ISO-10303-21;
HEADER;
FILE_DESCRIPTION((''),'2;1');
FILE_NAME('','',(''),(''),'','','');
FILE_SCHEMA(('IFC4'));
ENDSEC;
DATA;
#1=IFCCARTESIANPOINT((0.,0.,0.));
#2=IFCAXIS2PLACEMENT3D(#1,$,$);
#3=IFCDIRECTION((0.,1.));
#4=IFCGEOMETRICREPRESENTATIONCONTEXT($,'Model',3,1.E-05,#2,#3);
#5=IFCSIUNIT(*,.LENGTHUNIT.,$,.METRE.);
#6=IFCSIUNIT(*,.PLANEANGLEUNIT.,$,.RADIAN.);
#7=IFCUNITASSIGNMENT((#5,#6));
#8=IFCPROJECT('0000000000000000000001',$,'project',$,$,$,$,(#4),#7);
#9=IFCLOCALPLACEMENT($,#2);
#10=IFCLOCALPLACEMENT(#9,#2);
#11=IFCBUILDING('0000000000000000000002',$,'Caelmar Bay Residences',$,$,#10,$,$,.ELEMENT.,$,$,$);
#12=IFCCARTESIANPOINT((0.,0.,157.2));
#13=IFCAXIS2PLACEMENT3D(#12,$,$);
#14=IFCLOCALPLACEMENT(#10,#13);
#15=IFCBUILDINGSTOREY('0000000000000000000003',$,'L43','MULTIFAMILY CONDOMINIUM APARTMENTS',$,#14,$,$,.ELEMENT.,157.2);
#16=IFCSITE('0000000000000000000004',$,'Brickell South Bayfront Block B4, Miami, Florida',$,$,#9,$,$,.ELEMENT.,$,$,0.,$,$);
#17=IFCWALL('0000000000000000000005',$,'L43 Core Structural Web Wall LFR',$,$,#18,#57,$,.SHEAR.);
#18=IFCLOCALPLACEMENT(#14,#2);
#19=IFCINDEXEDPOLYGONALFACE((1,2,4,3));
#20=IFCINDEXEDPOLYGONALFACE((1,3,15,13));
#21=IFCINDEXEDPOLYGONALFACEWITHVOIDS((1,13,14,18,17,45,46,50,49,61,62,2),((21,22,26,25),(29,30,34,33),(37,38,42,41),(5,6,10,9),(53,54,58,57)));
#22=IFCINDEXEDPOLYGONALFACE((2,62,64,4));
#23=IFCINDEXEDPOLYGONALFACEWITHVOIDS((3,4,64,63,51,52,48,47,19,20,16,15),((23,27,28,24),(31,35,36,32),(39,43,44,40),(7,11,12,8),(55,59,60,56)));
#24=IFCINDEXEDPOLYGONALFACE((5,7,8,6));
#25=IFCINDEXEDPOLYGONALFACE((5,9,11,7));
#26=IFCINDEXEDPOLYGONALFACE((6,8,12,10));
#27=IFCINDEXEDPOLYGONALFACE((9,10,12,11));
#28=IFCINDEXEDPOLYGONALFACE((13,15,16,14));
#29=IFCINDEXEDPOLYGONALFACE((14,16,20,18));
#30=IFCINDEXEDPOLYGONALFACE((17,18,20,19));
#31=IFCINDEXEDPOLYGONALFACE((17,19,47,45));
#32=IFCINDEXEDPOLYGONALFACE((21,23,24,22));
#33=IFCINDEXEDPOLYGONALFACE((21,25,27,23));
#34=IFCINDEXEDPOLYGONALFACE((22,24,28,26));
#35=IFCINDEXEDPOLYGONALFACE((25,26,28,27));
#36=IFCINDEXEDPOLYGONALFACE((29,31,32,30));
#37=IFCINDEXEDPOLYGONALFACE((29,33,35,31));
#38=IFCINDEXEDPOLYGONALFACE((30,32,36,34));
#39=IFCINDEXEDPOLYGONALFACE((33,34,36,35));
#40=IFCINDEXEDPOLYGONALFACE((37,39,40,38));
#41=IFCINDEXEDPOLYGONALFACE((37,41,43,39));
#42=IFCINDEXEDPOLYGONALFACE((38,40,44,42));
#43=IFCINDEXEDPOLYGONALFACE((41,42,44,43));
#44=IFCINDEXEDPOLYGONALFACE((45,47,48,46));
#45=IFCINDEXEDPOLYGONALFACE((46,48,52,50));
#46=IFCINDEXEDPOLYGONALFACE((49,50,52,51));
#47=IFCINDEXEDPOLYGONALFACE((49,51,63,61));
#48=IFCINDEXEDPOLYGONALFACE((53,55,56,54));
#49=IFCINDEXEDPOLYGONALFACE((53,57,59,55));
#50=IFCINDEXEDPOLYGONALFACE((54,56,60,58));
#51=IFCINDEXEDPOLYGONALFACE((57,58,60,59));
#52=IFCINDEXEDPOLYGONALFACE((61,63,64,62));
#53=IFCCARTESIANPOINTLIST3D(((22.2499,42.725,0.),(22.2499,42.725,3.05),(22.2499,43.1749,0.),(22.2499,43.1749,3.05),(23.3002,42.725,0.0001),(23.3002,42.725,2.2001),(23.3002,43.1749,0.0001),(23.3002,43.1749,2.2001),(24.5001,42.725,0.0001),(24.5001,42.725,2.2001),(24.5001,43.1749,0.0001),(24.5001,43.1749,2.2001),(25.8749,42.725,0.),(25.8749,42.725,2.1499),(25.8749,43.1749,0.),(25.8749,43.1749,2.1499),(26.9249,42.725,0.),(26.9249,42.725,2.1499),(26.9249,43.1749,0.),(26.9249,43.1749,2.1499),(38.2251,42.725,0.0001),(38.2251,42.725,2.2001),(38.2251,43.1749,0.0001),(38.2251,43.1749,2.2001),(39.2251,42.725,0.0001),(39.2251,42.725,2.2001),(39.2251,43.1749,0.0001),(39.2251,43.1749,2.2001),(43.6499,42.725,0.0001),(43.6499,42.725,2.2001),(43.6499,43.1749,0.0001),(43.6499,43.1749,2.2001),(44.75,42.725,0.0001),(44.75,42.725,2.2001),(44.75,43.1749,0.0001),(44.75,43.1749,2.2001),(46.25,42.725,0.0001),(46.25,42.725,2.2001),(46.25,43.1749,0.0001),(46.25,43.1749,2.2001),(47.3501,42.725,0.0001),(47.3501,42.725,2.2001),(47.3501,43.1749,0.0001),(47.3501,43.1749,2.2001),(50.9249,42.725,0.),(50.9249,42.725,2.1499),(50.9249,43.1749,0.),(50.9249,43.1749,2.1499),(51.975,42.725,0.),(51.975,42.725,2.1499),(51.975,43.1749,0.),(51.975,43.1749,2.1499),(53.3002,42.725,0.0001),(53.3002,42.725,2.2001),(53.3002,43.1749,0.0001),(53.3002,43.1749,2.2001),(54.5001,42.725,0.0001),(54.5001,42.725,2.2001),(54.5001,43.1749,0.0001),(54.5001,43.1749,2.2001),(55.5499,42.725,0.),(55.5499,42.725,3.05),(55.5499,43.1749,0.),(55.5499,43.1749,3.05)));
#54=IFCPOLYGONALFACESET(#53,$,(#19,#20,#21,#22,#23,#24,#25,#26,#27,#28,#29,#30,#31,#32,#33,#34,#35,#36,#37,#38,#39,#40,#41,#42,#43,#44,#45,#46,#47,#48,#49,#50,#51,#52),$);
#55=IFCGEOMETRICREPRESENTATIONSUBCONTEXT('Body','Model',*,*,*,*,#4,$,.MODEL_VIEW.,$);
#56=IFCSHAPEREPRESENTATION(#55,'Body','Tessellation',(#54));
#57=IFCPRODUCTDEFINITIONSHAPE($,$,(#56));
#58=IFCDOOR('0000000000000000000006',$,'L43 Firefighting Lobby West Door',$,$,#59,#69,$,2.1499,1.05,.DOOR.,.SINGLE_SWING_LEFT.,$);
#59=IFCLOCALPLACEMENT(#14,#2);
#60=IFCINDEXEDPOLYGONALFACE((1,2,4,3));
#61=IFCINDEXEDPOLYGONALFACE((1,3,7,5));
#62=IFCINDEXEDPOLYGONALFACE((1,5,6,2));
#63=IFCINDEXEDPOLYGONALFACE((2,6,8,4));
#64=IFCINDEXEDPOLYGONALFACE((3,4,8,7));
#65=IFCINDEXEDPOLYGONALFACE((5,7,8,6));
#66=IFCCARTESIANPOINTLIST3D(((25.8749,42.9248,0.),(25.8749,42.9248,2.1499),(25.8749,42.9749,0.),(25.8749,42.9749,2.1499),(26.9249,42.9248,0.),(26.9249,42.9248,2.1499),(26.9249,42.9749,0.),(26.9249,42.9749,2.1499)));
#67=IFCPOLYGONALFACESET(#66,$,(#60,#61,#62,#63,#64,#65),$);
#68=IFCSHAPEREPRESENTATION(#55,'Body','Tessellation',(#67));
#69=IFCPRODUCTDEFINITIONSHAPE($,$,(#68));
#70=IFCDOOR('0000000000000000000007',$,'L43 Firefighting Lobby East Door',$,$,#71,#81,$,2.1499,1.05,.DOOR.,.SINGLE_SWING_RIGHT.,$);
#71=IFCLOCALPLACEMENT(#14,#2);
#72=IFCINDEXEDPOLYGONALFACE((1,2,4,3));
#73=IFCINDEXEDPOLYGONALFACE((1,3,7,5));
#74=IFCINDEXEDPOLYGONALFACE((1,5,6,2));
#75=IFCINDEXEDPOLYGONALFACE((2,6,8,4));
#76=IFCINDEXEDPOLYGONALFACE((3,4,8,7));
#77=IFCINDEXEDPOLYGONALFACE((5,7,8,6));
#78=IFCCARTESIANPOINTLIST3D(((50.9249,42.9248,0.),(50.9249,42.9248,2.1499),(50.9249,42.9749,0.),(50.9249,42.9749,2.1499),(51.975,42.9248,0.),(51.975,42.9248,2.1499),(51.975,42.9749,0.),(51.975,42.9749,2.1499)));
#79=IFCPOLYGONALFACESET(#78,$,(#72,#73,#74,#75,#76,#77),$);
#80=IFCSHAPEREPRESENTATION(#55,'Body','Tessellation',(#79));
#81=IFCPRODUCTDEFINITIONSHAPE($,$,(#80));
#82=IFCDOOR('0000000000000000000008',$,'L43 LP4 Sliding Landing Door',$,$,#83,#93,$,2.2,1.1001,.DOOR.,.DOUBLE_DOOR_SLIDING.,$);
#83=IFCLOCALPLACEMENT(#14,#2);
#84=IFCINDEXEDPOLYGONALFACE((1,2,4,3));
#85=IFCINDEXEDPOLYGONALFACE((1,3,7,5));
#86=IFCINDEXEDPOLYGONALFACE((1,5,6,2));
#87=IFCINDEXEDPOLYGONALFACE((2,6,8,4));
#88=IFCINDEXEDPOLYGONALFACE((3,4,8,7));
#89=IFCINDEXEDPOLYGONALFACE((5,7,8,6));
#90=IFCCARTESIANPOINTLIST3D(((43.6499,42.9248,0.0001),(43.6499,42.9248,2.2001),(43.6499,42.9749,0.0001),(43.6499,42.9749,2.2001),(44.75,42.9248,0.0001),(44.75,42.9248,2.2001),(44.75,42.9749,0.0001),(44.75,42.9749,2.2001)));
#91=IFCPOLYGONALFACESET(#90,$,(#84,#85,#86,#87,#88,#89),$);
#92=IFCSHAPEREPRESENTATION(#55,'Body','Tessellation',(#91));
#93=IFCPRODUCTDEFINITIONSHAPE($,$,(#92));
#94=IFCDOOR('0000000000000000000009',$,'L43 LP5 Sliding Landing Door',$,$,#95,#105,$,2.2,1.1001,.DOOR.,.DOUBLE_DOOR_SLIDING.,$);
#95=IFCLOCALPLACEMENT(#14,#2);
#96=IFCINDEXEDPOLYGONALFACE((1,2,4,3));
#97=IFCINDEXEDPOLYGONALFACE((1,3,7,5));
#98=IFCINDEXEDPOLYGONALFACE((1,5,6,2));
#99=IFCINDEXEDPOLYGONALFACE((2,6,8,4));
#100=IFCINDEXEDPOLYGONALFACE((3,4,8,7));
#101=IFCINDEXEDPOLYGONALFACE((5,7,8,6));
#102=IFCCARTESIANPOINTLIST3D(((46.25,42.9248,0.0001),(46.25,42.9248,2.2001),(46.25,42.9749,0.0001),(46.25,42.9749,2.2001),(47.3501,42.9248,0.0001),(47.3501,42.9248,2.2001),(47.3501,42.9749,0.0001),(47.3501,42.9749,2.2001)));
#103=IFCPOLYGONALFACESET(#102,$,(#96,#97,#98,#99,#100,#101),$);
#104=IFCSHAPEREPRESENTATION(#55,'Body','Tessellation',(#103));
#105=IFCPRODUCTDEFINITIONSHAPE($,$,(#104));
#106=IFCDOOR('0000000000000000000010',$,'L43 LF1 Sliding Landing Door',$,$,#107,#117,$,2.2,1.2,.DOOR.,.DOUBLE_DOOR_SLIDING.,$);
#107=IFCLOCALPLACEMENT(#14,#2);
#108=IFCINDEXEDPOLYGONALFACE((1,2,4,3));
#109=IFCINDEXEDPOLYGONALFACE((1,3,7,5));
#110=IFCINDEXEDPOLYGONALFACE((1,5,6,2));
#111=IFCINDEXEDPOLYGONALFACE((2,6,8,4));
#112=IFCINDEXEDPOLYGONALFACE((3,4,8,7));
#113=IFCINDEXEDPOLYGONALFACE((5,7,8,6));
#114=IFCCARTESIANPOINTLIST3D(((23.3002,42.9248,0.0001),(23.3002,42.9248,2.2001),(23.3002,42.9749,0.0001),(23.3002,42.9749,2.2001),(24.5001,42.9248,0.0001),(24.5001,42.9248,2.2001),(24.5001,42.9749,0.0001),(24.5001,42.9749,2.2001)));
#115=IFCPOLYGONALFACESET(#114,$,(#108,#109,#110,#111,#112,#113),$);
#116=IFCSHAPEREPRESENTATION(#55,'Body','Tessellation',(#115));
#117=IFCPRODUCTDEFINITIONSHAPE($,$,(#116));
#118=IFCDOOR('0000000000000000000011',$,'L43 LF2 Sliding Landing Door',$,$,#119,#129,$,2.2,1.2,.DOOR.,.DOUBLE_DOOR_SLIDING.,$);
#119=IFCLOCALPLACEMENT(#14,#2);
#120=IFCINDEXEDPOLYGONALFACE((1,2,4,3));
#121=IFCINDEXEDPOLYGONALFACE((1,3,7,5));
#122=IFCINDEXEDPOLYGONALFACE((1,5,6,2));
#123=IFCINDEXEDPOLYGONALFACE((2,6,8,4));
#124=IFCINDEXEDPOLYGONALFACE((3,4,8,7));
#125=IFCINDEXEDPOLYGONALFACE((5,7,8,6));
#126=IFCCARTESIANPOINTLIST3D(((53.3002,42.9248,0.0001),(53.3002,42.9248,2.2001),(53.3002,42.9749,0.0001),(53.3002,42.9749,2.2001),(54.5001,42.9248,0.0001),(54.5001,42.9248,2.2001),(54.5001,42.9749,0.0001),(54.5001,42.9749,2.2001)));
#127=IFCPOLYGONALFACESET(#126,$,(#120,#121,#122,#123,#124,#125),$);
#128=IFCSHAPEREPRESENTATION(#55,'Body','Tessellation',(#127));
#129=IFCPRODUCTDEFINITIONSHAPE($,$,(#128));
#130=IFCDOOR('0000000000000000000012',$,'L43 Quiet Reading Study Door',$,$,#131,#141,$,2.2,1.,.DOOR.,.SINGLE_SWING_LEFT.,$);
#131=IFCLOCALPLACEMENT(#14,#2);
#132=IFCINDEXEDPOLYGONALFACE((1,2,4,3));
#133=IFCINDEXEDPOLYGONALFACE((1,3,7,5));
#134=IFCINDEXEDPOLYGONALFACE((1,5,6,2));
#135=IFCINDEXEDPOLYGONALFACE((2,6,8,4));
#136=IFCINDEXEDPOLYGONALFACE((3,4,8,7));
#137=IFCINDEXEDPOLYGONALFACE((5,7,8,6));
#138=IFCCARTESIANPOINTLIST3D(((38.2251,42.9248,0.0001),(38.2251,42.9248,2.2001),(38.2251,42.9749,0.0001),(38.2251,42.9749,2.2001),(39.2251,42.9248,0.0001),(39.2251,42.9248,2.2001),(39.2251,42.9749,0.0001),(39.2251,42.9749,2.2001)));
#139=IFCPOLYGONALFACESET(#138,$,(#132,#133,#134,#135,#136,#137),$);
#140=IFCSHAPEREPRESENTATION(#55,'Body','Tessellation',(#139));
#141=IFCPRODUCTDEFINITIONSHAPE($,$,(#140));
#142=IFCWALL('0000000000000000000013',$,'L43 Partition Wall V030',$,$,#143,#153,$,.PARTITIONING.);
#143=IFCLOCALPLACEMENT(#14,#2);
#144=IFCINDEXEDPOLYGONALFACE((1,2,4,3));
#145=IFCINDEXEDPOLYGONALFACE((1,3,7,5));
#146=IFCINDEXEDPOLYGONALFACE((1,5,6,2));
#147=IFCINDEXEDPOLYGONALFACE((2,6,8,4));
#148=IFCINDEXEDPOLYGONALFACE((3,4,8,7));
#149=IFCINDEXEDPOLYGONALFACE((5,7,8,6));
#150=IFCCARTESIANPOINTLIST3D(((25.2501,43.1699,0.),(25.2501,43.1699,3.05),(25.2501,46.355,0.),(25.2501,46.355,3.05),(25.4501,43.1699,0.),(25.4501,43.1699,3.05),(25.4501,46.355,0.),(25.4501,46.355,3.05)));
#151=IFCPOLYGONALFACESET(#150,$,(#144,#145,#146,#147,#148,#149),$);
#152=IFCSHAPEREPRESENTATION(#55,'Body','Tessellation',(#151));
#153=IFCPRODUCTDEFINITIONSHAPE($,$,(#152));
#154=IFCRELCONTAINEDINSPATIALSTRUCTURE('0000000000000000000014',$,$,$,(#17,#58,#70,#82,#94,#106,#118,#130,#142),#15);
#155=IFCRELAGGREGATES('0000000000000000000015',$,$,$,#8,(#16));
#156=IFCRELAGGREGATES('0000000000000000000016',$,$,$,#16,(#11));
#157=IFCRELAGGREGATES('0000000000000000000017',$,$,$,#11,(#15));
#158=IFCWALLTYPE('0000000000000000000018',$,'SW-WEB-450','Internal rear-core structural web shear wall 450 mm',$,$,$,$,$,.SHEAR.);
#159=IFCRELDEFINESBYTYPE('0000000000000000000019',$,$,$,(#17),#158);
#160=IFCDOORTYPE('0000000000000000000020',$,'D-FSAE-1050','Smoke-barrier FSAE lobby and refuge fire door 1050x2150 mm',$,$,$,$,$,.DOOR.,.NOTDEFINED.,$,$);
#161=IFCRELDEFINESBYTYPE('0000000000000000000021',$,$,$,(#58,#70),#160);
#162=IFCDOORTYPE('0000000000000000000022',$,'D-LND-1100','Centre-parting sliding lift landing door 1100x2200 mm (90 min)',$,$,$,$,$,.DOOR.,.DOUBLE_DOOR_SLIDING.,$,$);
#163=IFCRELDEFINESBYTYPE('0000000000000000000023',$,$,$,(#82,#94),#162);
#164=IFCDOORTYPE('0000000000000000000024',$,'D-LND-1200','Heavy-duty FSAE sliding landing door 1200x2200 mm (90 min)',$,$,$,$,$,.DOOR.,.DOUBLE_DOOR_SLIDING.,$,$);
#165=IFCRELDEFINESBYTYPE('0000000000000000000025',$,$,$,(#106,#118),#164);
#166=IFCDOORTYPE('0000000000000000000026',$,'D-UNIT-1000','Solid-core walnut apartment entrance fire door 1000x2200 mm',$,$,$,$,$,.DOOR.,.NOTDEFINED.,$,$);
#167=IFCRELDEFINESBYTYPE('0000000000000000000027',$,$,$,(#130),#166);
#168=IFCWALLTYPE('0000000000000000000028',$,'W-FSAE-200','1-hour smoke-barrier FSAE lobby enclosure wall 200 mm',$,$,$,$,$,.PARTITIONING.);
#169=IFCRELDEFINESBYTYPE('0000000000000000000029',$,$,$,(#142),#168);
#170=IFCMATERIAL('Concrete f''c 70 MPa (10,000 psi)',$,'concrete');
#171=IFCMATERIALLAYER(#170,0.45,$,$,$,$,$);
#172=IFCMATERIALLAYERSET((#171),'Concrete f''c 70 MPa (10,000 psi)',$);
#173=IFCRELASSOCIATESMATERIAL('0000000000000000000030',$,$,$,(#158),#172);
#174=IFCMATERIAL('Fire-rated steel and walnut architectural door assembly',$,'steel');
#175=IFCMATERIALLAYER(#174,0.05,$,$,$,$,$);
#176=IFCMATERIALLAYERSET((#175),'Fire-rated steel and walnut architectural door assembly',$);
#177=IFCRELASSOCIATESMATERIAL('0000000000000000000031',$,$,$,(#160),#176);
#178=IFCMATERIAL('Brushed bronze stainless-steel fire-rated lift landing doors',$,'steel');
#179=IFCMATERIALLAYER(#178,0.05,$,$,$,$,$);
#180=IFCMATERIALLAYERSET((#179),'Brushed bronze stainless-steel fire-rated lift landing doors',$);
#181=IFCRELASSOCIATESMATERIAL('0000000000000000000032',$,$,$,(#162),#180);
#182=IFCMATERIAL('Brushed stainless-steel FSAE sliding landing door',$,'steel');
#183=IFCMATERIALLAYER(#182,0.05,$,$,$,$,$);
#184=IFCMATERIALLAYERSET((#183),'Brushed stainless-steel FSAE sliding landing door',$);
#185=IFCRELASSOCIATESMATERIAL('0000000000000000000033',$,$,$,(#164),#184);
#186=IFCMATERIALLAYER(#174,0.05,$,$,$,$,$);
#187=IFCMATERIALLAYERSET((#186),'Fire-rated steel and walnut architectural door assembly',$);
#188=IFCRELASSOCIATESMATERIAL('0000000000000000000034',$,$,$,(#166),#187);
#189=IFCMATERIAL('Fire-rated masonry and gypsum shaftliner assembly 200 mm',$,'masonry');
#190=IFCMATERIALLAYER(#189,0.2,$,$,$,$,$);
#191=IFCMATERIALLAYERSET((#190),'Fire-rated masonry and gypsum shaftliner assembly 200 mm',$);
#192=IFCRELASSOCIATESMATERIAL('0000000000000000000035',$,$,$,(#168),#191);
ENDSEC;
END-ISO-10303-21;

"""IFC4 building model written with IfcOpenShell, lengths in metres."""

from ifc_helpers import new_model, si_unit, direction, frame, frame_2d, origin, place, context, subcontext, project, spatial, rectangle, extrude, material, layer, layer_set, type_object, element, fill, save


model = new_model("IFC4")

# Units and contexts
model_context = context("Model", 3, precision=1e-05, world=origin(), true_north=direction((0.0, 1.0)))
body_context = subcontext(model_context, "Body", "Model", "MODEL_VIEW")
ifc_project = project(units=[si_unit("LENGTHUNIT", "METRE"), si_unit("PLANEANGLEUNIT", "RADIAN")], contexts=[model_context])

# Site, building, storey
site_placement = place(None, origin())
site = spatial("IfcSite", under=ifc_project, at=site_placement, Name="Brickell South Bayfront Block B4, Miami, Florida", CompositionType="ELEMENT", RefElevation=0.0)
building_placement = place(site_placement, origin())
building = spatial("IfcBuilding", under=site, at=building_placement, Name="Caelmar Bay Residences", CompositionType="ELEMENT")
storey_placement = place(building_placement, frame((0.0, 0.0, 157.2)))
storey = spatial("IfcBuildingStorey", under=building, at=storey_placement, Name="L43", Description="MULTIFAMILY CONDOMINIUM APARTMENTS", CompositionType="ELEMENT", Elevation=157.2)

# Shared definitions
ifc_material_1 = material(Name="Concrete f'c 70 MPa (10,000 psi)", Category="concrete")
ifc_layer_1 = layer(ifc_material_1, 0.45)
ifc_layer_set_1 = layer_set([ifc_layer_1], Name="Concrete f'c 70 MPa (10,000 psi)")
wall_type_1 = type_object("IfcWallType", Name="SW-WEB-450", Description="Internal rear-core structural web shear wall 450 mm", PredefinedType="SHEAR", material=ifc_layer_set_1)

# Wall, openings, doors
wall_1_placement = place(storey_placement, frame((22.25, 42.95, 0.0), z_axis=(0.0, 0.0, 1.0), x_axis=(1.0, 0.0, 0.0)))
wall_1 = element("IfcWall", 1, at=wall_1_placement, inside=storey, type_object=wall_type_1, Name="L43 Core Structural Web Wall LFR", PredefinedType="SHEAR", context=body_context, shape_type="SweptSolid", body=[
    extrude(rectangle(XDim=33.3, YDim=0.45, at=frame_2d((16.6499, 0.0))), origin(), (0.0, 0.0, 1.0), 3.05),
])
opening_1_placement = place(wall_1_placement, frame((1.05, 0.0, 0.0)))
opening_1 = element("IfcOpeningElement", 2, at=opening_1_placement, cuts=wall_1, PredefinedType="OPENING", context=body_context, shape_type="SweptSolid", body=[
    extrude(rectangle(XDim=1.2, YDim=2.2, at=frame_2d((0.6001, 1.1001))), frame((0.0, 0.2349, 0.0), z_axis=(0.0, -1.0, 0.0), x_axis=(1.0, 0.0, 0.0)), (0.0, 0.0, 1.0), 0.47),
])
opening_2_placement = place(wall_1_placement, frame((31.05, 0.0, 0.0)))
opening_2 = element("IfcOpeningElement", 3, at=opening_2_placement, cuts=wall_1, PredefinedType="OPENING", context=body_context, shape_type="SweptSolid", body=[
    extrude(rectangle(XDim=1.2, YDim=2.2, at=frame_2d((0.6001, 1.1001))), frame((0.0, 0.2349, 0.0), z_axis=(0.0, -1.0, 0.0), x_axis=(1.0, 0.0, 0.0)), (0.0, 0.0, 1.0), 0.47),
])
opening_3_placement = place(wall_1_placement, frame((21.3999, 0.0, 0.0)))
opening_3 = element("IfcOpeningElement", 4, at=opening_3_placement, cuts=wall_1, PredefinedType="OPENING", context=body_context, shape_type="SweptSolid", body=[
    extrude(rectangle(XDim=1.1001, YDim=2.2, at=frame_2d((0.55, 1.1001))), frame((0.0, 0.2349, 0.0), z_axis=(0.0, -1.0, 0.0), x_axis=(1.0, 0.0, 0.0)), (0.0, 0.0, 1.0), 0.47),
])
opening_4_placement = place(wall_1_placement, frame((24.0, 0.0, 0.0)))
opening_4 = element("IfcOpeningElement", 5, at=opening_4_placement, cuts=wall_1, PredefinedType="OPENING", context=body_context, shape_type="SweptSolid", body=[
    extrude(rectangle(XDim=1.1001, YDim=2.2, at=frame_2d((0.55, 1.1001))), frame((0.0, 0.2349, 0.0), z_axis=(0.0, -1.0, 0.0), x_axis=(1.0, 0.0, 0.0)), (0.0, 0.0, 1.0), 0.47),
])
opening_5_placement = place(wall_1_placement, frame((3.625, 0.0, 0.0)))
opening_5 = element("IfcOpeningElement", 6, at=opening_5_placement, cuts=wall_1, PredefinedType="OPENING", context=body_context, shape_type="SweptSolid", body=[
    extrude(rectangle(XDim=1.05, YDim=2.1499, at=frame_2d((0.5249, 1.075))), frame((0.0, 0.2349, 0.0), z_axis=(0.0, -1.0, 0.0), x_axis=(1.0, 0.0, 0.0)), (0.0, 0.0, 1.0), 0.47),
])
opening_6_placement = place(wall_1_placement, frame((28.675, 0.0, 0.0)))
opening_6 = element("IfcOpeningElement", 7, at=opening_6_placement, cuts=wall_1, PredefinedType="OPENING", context=body_context, shape_type="SweptSolid", body=[
    extrude(rectangle(XDim=1.05, YDim=2.1499, at=frame_2d((0.5249, 1.075))), frame((0.0, 0.2349, 0.0), z_axis=(0.0, -1.0, 0.0), x_axis=(1.0, 0.0, 0.0)), (0.0, 0.0, 1.0), 0.47),
])
opening_7_placement = place(wall_1_placement, frame((15.9751, 0.0, 0.0)))
opening_7 = element("IfcOpeningElement", 8, at=opening_7_placement, cuts=wall_1, PredefinedType="OPENING", context=body_context, shape_type="SweptSolid", body=[
    extrude(rectangle(XDim=1.0, YDim=2.2, at=frame_2d((0.5, 1.1001))), frame((0.0, 0.2349, 0.0), z_axis=(0.0, -1.0, 0.0), x_axis=(1.0, 0.0, 0.0)), (0.0, 0.0, 1.0), 0.47),
])
ifc_material_2 = material(Name="Fire-rated steel and walnut architectural door assembly", Category="steel")
ifc_layer_2 = layer(ifc_material_2, 0.05)
ifc_layer_set_2 = layer_set([ifc_layer_2], Name="Fire-rated steel and walnut architectural door assembly")
door_type_1 = type_object("IfcDoorType", Name="D-FSAE-1050", Description="Smoke-barrier FSAE lobby and refuge fire door 1050x2150 mm", OperationType="NOTDEFINED", PredefinedType="DOOR", material=ifc_layer_set_2)
door_1_placement = place(opening_5_placement, origin())
door_1 = element("IfcDoor", 9, at=door_1_placement, inside=storey, type_object=door_type_1, Name="L43 Firefighting Lobby West Door", OperationType="SINGLE_SWING_LEFT", OverallHeight=2.1499, OverallWidth=1.05, PredefinedType="DOOR", context=body_context, shape_type="SweptSolid", body=[
    extrude(rectangle(XDim=1.05, YDim=2.1499, at=frame_2d((0.5249, 1.075))), frame((0.0, 0.0249, 0.0), z_axis=(0.0, -1.0, 0.0), x_axis=(1.0, 0.0, 0.0)), (0.0, 0.0, 1.0), 0.05),
])
fill(opening_5, door_1)
door_2_placement = place(opening_6_placement, origin())
door_2 = element("IfcDoor", 10, at=door_2_placement, inside=storey, type_object=door_type_1, Name="L43 Firefighting Lobby East Door", OperationType="SINGLE_SWING_RIGHT", OverallHeight=2.1499, OverallWidth=1.05, PredefinedType="DOOR", context=body_context, shape_type="SweptSolid", body=[
    extrude(rectangle(XDim=1.05, YDim=2.1499, at=frame_2d((0.5249, 1.075))), frame((0.0, 0.0249, 0.0), z_axis=(0.0, -1.0, 0.0), x_axis=(1.0, 0.0, 0.0)), (0.0, 0.0, 1.0), 0.05),
])
fill(opening_6, door_2)
ifc_material_3 = material(Name="Brushed bronze stainless-steel fire-rated lift landing doors", Category="steel")
ifc_layer_3 = layer(ifc_material_3, 0.05)
ifc_layer_set_3 = layer_set([ifc_layer_3], Name="Brushed bronze stainless-steel fire-rated lift landing doors")
door_type_2 = type_object("IfcDoorType", Name="D-LND-1100", Description="Centre-parting sliding lift landing door 1100x2200 mm (90 min)", OperationType="DOUBLE_DOOR_SLIDING", PredefinedType="DOOR", material=ifc_layer_set_3)
door_3_placement = place(opening_3_placement, origin())
door_3 = element("IfcDoor", 11, at=door_3_placement, inside=storey, type_object=door_type_2, Name="L43 LP4 Sliding Landing Door", OperationType="DOUBLE_DOOR_SLIDING", OverallHeight=2.2, OverallWidth=1.1001, PredefinedType="DOOR", context=body_context, shape_type="SweptSolid", body=[
    extrude(rectangle(XDim=1.1001, YDim=2.2, at=frame_2d((0.55, 1.1001))), frame((0.0, 0.0249, 0.0), z_axis=(0.0, -1.0, 0.0), x_axis=(1.0, 0.0, 0.0)), (0.0, 0.0, 1.0), 0.05),
])
fill(opening_3, door_3)
door_4_placement = place(opening_4_placement, origin())
door_4 = element("IfcDoor", 12, at=door_4_placement, inside=storey, type_object=door_type_2, Name="L43 LP5 Sliding Landing Door", OperationType="DOUBLE_DOOR_SLIDING", OverallHeight=2.2, OverallWidth=1.1001, PredefinedType="DOOR", context=body_context, shape_type="SweptSolid", body=[
    extrude(rectangle(XDim=1.1001, YDim=2.2, at=frame_2d((0.55, 1.1001))), frame((0.0, 0.0249, 0.0), z_axis=(0.0, -1.0, 0.0), x_axis=(1.0, 0.0, 0.0)), (0.0, 0.0, 1.0), 0.05),
])
fill(opening_4, door_4)
ifc_material_4 = material(Name="Brushed stainless-steel FSAE sliding landing door", Category="steel")
ifc_layer_4 = layer(ifc_material_4, 0.05)
ifc_layer_set_4 = layer_set([ifc_layer_4], Name="Brushed stainless-steel FSAE sliding landing door")
door_type_3 = type_object("IfcDoorType", Name="D-LND-1200", Description="Heavy-duty FSAE sliding landing door 1200x2200 mm (90 min)", OperationType="DOUBLE_DOOR_SLIDING", PredefinedType="DOOR", material=ifc_layer_set_4)
door_5_placement = place(opening_1_placement, origin())
door_5 = element("IfcDoor", 13, at=door_5_placement, inside=storey, type_object=door_type_3, Name="L43 LF1 Sliding Landing Door", OperationType="DOUBLE_DOOR_SLIDING", OverallHeight=2.2, OverallWidth=1.2, PredefinedType="DOOR", context=body_context, shape_type="SweptSolid", body=[
    extrude(rectangle(XDim=1.2, YDim=2.2, at=frame_2d((0.6001, 1.1001))), frame((0.0, 0.0249, 0.0), z_axis=(0.0, -1.0, 0.0), x_axis=(1.0, 0.0, 0.0)), (0.0, 0.0, 1.0), 0.05),
])
fill(opening_1, door_5)
door_6_placement = place(opening_2_placement, origin())
door_6 = element("IfcDoor", 14, at=door_6_placement, inside=storey, type_object=door_type_3, Name="L43 LF2 Sliding Landing Door", OperationType="DOUBLE_DOOR_SLIDING", OverallHeight=2.2, OverallWidth=1.2, PredefinedType="DOOR", context=body_context, shape_type="SweptSolid", body=[
    extrude(rectangle(XDim=1.2, YDim=2.2, at=frame_2d((0.6001, 1.1001))), frame((0.0, 0.0249, 0.0), z_axis=(0.0, -1.0, 0.0), x_axis=(1.0, 0.0, 0.0)), (0.0, 0.0, 1.0), 0.05),
])
fill(opening_2, door_6)
ifc_layer_5 = layer(ifc_material_2, 0.05)
ifc_layer_set_5 = layer_set([ifc_layer_5], Name="Fire-rated steel and walnut architectural door assembly")
door_type_4 = type_object("IfcDoorType", Name="D-UNIT-1000", Description="Solid-core walnut apartment entrance fire door 1000x2200 mm", OperationType="NOTDEFINED", PredefinedType="DOOR", material=ifc_layer_set_5)
door_7_placement = place(opening_7_placement, origin())
door_7 = element("IfcDoor", 15, at=door_7_placement, inside=storey, type_object=door_type_4, Name="L43 Quiet Reading Study Door", OperationType="SINGLE_SWING_LEFT", OverallHeight=2.2, OverallWidth=1.0, PredefinedType="DOOR", context=body_context, shape_type="SweptSolid", body=[
    extrude(rectangle(XDim=1.0, YDim=2.2, at=frame_2d((0.5, 1.1001))), frame((0.0, 0.0249, 0.0), z_axis=(0.0, -1.0, 0.0), x_axis=(1.0, 0.0, 0.0)), (0.0, 0.0, 1.0), 0.05),
])
fill(opening_7, door_7)

# Wall
ifc_material_5 = material(Name="Fire-rated masonry and gypsum shaftliner assembly 200 mm", Category="masonry")
ifc_layer_6 = layer(ifc_material_5, 0.2)
ifc_layer_set_6 = layer_set([ifc_layer_6], Name="Fire-rated masonry and gypsum shaftliner assembly 200 mm")
wall_type_2 = type_object("IfcWallType", Name="W-FSAE-200", Description="1-hour smoke-barrier FSAE lobby enclosure wall 200 mm", PredefinedType="PARTITIONING", material=ifc_layer_set_6)
wall_2_placement = place(storey_placement, frame((25.3501, 43.1699, 0.0), z_axis=(0.0, 0.0, 1.0), x_axis=(0.0, 1.0, 0.0)))
element("IfcWall", 16, at=wall_2_placement, inside=storey, type_object=wall_type_2, Name="L43 Partition Wall V030", PredefinedType="PARTITIONING", context=body_context, shape_type="SweptSolid", body=[
    extrude(rectangle(XDim=3.1851, YDim=0.2, at=frame_2d((1.5925, 0.0))), origin(), (0.0, 0.0, 1.0), 3.05),
])

save(model, "model.ifc")
